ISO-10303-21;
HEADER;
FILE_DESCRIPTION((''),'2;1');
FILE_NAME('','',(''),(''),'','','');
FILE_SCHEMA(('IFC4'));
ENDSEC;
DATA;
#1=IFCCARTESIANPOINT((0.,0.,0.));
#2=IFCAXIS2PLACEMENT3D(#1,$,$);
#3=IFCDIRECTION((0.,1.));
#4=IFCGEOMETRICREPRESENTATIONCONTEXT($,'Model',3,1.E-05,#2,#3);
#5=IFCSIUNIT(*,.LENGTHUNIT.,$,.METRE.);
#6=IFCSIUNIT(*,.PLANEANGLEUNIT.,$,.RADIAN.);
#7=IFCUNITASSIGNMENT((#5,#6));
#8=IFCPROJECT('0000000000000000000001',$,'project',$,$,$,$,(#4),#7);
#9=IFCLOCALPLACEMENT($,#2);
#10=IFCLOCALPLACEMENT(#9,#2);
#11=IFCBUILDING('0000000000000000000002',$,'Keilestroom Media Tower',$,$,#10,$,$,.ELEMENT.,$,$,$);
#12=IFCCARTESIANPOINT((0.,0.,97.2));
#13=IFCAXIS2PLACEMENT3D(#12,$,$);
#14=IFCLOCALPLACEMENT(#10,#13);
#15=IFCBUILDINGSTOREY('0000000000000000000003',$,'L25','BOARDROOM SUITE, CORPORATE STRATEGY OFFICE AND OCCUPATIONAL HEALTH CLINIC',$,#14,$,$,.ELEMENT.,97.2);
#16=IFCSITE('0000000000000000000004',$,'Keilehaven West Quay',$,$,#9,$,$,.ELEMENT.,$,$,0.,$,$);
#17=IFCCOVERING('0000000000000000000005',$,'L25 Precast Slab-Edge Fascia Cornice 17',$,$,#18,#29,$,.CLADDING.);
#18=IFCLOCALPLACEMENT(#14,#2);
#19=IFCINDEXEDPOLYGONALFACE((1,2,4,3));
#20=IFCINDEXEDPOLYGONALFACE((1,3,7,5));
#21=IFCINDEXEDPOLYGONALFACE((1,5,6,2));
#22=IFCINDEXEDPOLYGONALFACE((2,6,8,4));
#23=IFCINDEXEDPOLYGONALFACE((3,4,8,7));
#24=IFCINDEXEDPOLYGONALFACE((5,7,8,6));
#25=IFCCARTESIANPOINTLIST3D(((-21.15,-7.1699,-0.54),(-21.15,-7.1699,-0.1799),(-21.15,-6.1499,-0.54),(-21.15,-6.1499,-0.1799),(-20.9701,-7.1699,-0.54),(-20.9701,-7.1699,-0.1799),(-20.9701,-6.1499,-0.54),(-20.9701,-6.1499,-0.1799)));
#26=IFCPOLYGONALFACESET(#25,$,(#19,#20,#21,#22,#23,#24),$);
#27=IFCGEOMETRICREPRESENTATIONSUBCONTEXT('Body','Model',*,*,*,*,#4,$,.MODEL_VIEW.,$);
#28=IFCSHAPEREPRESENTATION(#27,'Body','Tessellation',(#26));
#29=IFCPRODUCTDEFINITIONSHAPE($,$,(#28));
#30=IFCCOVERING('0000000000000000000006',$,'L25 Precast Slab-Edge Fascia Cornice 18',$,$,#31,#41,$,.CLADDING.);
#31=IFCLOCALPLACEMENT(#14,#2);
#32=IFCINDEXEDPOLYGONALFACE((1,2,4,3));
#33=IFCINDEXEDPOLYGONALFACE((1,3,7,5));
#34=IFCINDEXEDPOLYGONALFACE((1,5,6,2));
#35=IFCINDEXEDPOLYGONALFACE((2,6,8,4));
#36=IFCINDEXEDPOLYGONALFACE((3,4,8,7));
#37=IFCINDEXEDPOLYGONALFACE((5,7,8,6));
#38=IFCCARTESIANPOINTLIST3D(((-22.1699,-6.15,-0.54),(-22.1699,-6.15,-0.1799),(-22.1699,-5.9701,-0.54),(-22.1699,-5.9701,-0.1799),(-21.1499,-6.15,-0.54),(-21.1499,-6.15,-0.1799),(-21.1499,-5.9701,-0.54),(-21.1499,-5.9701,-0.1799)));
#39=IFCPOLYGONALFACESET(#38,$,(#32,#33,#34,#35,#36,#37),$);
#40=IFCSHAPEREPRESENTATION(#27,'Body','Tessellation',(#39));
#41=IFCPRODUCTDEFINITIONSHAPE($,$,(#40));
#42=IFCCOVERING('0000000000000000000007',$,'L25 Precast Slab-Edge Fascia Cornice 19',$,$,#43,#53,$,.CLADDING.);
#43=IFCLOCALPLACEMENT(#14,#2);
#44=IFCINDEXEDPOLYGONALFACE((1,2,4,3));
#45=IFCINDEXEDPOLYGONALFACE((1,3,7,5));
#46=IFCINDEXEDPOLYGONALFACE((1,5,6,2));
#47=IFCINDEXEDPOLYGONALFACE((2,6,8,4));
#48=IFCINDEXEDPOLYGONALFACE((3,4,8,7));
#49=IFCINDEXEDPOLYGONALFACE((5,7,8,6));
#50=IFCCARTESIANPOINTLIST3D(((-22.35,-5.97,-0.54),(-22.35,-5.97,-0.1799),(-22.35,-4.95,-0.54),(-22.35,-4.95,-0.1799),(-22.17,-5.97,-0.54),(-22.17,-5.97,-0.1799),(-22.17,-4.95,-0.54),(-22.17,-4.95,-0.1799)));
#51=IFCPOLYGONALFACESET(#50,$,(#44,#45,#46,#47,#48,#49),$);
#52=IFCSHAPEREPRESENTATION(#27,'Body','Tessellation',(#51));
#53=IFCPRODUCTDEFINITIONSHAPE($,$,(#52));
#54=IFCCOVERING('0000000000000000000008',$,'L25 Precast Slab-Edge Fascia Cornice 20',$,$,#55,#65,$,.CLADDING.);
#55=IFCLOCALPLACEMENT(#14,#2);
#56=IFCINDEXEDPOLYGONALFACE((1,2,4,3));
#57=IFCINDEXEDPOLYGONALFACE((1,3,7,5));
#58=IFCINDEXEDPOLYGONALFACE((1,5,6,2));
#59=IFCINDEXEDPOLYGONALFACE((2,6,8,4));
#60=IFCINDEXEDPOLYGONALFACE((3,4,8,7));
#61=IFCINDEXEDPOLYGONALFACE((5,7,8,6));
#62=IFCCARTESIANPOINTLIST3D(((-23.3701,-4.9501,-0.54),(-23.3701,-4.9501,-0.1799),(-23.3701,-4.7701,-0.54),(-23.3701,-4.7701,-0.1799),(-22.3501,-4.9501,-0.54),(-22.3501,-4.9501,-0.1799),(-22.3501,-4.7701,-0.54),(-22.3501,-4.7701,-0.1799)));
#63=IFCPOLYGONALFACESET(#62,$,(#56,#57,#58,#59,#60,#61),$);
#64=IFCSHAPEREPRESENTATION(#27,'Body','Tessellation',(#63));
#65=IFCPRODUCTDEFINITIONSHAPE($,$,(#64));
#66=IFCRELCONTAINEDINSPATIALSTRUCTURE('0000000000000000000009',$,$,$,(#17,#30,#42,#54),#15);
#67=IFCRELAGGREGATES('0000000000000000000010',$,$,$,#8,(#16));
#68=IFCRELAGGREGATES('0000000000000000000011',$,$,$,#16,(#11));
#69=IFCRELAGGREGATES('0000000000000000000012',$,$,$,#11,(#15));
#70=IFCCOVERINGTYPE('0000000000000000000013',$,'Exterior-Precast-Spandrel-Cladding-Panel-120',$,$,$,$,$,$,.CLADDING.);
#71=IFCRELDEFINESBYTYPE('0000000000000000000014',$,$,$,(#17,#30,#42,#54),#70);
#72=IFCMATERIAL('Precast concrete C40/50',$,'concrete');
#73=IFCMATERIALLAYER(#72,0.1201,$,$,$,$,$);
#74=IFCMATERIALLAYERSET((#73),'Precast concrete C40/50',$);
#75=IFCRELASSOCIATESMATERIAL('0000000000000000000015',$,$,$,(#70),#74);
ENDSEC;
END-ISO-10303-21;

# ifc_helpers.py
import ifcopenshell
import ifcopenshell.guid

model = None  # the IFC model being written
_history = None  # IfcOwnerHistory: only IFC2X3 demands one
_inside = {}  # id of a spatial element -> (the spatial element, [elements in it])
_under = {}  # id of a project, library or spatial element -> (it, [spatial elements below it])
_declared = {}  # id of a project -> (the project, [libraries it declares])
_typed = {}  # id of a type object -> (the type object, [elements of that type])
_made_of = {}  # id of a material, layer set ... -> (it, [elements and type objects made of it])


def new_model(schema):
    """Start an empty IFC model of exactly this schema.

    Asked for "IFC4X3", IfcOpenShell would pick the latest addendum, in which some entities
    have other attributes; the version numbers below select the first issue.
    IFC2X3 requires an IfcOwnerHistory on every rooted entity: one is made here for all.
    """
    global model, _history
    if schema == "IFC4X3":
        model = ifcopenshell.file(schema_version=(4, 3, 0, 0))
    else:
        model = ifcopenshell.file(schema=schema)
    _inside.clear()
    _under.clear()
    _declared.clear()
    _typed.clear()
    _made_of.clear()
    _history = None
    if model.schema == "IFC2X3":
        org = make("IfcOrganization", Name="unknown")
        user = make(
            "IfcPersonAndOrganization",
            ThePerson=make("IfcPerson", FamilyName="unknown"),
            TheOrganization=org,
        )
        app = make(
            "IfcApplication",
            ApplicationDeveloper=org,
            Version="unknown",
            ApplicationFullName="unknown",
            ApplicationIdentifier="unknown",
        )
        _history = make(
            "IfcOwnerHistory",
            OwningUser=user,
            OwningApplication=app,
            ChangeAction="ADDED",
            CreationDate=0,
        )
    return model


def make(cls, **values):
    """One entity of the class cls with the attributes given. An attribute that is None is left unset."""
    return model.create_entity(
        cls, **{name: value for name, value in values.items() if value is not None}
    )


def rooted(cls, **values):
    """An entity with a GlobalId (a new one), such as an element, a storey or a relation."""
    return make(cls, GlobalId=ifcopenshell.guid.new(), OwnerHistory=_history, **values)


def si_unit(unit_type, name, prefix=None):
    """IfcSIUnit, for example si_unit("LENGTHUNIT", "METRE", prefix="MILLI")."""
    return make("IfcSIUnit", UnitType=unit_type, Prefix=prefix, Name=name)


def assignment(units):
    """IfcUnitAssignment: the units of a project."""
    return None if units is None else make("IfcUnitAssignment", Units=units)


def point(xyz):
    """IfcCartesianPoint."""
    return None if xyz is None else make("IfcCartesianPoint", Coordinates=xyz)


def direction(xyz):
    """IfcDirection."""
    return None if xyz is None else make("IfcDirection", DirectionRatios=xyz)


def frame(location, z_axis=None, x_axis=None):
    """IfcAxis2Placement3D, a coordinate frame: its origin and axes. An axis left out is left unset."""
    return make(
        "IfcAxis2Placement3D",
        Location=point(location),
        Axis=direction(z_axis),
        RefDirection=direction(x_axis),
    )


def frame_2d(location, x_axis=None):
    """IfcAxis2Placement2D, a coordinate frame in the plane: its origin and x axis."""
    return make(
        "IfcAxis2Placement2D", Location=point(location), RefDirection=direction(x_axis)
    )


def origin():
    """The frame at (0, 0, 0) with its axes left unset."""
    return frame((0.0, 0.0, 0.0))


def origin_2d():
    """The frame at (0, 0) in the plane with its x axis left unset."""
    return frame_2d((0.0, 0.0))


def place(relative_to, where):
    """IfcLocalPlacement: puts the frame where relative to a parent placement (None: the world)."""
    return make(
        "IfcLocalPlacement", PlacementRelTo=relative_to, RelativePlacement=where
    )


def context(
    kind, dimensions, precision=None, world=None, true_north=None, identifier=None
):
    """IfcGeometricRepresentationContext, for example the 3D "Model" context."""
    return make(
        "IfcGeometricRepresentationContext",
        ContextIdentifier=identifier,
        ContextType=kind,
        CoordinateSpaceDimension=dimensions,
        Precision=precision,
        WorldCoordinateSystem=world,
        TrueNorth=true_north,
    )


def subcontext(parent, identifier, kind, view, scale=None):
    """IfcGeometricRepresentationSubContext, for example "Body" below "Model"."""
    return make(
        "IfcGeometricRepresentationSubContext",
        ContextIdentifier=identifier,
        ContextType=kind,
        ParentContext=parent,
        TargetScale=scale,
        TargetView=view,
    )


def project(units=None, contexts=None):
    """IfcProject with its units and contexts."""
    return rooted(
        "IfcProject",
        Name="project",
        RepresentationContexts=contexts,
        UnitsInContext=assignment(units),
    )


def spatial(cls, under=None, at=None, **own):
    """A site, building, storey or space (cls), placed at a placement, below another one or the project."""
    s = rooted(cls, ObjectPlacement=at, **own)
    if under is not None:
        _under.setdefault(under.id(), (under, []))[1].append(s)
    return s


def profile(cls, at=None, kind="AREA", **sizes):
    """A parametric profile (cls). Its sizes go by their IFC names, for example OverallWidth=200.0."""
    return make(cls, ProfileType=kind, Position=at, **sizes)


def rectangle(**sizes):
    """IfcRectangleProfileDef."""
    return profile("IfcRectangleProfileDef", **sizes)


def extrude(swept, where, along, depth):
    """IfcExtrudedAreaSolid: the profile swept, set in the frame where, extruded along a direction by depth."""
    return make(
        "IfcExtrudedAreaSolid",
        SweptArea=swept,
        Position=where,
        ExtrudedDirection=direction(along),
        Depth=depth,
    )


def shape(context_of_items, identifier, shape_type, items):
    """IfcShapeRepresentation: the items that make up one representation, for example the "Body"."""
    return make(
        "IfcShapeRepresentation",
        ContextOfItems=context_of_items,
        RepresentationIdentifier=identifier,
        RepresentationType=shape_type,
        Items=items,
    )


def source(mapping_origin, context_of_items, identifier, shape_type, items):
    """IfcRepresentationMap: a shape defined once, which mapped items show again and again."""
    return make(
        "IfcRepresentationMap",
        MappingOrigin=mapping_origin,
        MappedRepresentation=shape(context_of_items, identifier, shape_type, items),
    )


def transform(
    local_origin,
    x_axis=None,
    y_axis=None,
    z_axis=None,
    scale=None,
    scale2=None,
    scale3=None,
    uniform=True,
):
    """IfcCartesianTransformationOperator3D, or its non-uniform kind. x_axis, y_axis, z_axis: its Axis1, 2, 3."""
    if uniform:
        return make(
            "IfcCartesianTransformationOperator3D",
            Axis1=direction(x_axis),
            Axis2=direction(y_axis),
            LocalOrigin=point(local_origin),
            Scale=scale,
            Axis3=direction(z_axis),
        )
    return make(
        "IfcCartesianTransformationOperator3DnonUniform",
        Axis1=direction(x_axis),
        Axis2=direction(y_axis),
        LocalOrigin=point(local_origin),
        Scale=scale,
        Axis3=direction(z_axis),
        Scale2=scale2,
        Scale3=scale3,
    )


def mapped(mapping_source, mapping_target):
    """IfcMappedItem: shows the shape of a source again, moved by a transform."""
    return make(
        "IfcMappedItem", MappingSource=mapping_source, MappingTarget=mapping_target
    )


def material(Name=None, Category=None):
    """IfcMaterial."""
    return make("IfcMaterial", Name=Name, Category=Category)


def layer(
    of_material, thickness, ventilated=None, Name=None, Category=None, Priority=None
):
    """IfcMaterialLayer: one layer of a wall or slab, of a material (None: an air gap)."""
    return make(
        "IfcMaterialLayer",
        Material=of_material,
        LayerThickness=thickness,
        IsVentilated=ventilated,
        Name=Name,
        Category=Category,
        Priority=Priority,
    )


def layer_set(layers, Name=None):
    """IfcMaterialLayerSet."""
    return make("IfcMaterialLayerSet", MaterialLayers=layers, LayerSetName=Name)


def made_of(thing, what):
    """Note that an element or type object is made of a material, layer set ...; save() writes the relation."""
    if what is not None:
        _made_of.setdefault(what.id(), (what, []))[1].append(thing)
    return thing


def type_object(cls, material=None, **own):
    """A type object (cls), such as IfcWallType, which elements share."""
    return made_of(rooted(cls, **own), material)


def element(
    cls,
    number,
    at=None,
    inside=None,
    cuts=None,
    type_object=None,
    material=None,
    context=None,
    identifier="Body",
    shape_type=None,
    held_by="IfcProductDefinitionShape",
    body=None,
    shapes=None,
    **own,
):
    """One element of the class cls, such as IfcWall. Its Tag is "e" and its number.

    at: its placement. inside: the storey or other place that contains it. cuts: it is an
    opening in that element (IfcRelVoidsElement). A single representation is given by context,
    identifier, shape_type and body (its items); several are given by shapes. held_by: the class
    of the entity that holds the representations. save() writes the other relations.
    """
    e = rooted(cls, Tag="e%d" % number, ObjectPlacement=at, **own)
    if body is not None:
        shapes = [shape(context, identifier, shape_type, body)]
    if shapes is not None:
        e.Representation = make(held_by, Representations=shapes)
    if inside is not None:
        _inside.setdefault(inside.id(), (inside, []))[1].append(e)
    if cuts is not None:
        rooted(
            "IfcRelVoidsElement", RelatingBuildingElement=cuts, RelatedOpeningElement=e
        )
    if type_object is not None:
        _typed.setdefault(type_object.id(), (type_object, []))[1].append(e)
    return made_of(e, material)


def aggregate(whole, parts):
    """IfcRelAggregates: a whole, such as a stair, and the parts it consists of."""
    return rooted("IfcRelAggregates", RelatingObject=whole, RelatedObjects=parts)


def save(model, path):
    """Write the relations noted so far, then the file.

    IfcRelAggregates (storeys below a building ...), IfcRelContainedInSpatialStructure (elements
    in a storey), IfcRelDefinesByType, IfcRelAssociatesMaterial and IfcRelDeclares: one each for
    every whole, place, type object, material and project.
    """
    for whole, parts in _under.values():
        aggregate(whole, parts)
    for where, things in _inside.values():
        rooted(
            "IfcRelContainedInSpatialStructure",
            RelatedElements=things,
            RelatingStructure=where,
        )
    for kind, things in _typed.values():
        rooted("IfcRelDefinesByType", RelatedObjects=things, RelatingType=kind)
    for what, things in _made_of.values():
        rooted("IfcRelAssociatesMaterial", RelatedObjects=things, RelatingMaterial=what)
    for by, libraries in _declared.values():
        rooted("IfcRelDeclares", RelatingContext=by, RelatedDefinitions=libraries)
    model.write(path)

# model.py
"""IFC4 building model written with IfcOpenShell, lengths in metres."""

from ifc_helpers import new_model, si_unit, direction, frame, origin, origin_2d, place, context, subcontext, project, spatial, rectangle, extrude, source, transform, mapped, material, layer, layer_set, type_object, element, save


model = new_model("IFC4")

# Units and contexts
model_context = context("Model", 3, precision=1e-05, world=origin(), true_north=direction((0.0, 1.0)))
body_context = subcontext(model_context, "Body", "Model", "MODEL_VIEW")
ifc_project = project(units=[si_unit("LENGTHUNIT", "METRE"), si_unit("PLANEANGLEUNIT", "RADIAN")], contexts=[model_context])

# Site, building, storey
site_placement = place(None, origin())
site = spatial("IfcSite", under=ifc_project, at=site_placement, Name="Keilehaven West Quay", CompositionType="ELEMENT", RefElevation=0.0)
building_placement = place(site_placement, origin())
building = spatial("IfcBuilding", under=site, at=building_placement, Name="Keilestroom Media Tower", CompositionType="ELEMENT")
storey_placement = place(building_placement, frame((0.0, 0.0, 97.2)))
storey = spatial("IfcBuildingStorey", under=building, at=storey_placement, Name="L25", Description="BOARDROOM SUITE, CORPORATE STRATEGY OFFICE AND OCCUPATIONAL HEALTH CLINIC", CompositionType="ELEMENT", Elevation=97.2)

# Shared definitions
ifc_material_1 = material(Name="Precast concrete C40/50", Category="concrete")

# Coverings
ifc_layer_1 = layer(ifc_material_1, 0.1201)
ifc_layer_set_1 = layer_set([ifc_layer_1], Name="Precast concrete C40/50")
covering_type = type_object("IfcCoveringType", Name="Exterior-Precast-Spandrel-Cladding-Panel-120", PredefinedType="CLADDING", material=ifc_layer_set_1)
shared_shape_1 = source(origin(), body_context, "Body", "SweptSolid", [
    extrude(rectangle(XDim=1.02, YDim=0.1799, at=origin_2d()), origin(), (0.0, 0.0, 1.0), 0.3601),
])
for number, where, z_axis, x_axis, name in (
    (1, (-21.0601, -6.6599, -0.54), (0.0, 0.0, 1.0), (0.0, 1.0, 0.0), "L25 Precast Slab-Edge Fascia Cornice 17"),
    (2, (-21.6599, -6.0601, -0.54), (0.0, 0.0, 1.0), (-1.0, 0.0, 0.0), "L25 Precast Slab-Edge Fascia Cornice 18"),
    (3, (-22.26, -5.46, -0.54), (0.0, 0.0, 1.0), (0.0, 1.0, 0.0), "L25 Precast Slab-Edge Fascia Cornice 19"),
    (4, (-22.8601, -4.8601, -0.54), (0.0, 0.0, 1.0), (-1.0, 0.0, 0.0), "L25 Precast Slab-Edge Fascia Cornice 20"),
):
    element("IfcCovering", number, at=place(storey_placement, frame(where, z_axis=z_axis, x_axis=x_axis)), inside=storey, type_object=covering_type, Name=name, PredefinedType="CLADDING", context=body_context, shape_type="MappedRepresentation", body=[
        mapped(shared_shape_1, transform((0.0, 0.0, 0.0), x_axis=(1.0, 0.0, 0.0), y_axis=(0.0, 1.0, 0.0), z_axis=(0.0, 0.0, 1.0), scale=1.0)),
    ])

save(model, "model.ifc")
